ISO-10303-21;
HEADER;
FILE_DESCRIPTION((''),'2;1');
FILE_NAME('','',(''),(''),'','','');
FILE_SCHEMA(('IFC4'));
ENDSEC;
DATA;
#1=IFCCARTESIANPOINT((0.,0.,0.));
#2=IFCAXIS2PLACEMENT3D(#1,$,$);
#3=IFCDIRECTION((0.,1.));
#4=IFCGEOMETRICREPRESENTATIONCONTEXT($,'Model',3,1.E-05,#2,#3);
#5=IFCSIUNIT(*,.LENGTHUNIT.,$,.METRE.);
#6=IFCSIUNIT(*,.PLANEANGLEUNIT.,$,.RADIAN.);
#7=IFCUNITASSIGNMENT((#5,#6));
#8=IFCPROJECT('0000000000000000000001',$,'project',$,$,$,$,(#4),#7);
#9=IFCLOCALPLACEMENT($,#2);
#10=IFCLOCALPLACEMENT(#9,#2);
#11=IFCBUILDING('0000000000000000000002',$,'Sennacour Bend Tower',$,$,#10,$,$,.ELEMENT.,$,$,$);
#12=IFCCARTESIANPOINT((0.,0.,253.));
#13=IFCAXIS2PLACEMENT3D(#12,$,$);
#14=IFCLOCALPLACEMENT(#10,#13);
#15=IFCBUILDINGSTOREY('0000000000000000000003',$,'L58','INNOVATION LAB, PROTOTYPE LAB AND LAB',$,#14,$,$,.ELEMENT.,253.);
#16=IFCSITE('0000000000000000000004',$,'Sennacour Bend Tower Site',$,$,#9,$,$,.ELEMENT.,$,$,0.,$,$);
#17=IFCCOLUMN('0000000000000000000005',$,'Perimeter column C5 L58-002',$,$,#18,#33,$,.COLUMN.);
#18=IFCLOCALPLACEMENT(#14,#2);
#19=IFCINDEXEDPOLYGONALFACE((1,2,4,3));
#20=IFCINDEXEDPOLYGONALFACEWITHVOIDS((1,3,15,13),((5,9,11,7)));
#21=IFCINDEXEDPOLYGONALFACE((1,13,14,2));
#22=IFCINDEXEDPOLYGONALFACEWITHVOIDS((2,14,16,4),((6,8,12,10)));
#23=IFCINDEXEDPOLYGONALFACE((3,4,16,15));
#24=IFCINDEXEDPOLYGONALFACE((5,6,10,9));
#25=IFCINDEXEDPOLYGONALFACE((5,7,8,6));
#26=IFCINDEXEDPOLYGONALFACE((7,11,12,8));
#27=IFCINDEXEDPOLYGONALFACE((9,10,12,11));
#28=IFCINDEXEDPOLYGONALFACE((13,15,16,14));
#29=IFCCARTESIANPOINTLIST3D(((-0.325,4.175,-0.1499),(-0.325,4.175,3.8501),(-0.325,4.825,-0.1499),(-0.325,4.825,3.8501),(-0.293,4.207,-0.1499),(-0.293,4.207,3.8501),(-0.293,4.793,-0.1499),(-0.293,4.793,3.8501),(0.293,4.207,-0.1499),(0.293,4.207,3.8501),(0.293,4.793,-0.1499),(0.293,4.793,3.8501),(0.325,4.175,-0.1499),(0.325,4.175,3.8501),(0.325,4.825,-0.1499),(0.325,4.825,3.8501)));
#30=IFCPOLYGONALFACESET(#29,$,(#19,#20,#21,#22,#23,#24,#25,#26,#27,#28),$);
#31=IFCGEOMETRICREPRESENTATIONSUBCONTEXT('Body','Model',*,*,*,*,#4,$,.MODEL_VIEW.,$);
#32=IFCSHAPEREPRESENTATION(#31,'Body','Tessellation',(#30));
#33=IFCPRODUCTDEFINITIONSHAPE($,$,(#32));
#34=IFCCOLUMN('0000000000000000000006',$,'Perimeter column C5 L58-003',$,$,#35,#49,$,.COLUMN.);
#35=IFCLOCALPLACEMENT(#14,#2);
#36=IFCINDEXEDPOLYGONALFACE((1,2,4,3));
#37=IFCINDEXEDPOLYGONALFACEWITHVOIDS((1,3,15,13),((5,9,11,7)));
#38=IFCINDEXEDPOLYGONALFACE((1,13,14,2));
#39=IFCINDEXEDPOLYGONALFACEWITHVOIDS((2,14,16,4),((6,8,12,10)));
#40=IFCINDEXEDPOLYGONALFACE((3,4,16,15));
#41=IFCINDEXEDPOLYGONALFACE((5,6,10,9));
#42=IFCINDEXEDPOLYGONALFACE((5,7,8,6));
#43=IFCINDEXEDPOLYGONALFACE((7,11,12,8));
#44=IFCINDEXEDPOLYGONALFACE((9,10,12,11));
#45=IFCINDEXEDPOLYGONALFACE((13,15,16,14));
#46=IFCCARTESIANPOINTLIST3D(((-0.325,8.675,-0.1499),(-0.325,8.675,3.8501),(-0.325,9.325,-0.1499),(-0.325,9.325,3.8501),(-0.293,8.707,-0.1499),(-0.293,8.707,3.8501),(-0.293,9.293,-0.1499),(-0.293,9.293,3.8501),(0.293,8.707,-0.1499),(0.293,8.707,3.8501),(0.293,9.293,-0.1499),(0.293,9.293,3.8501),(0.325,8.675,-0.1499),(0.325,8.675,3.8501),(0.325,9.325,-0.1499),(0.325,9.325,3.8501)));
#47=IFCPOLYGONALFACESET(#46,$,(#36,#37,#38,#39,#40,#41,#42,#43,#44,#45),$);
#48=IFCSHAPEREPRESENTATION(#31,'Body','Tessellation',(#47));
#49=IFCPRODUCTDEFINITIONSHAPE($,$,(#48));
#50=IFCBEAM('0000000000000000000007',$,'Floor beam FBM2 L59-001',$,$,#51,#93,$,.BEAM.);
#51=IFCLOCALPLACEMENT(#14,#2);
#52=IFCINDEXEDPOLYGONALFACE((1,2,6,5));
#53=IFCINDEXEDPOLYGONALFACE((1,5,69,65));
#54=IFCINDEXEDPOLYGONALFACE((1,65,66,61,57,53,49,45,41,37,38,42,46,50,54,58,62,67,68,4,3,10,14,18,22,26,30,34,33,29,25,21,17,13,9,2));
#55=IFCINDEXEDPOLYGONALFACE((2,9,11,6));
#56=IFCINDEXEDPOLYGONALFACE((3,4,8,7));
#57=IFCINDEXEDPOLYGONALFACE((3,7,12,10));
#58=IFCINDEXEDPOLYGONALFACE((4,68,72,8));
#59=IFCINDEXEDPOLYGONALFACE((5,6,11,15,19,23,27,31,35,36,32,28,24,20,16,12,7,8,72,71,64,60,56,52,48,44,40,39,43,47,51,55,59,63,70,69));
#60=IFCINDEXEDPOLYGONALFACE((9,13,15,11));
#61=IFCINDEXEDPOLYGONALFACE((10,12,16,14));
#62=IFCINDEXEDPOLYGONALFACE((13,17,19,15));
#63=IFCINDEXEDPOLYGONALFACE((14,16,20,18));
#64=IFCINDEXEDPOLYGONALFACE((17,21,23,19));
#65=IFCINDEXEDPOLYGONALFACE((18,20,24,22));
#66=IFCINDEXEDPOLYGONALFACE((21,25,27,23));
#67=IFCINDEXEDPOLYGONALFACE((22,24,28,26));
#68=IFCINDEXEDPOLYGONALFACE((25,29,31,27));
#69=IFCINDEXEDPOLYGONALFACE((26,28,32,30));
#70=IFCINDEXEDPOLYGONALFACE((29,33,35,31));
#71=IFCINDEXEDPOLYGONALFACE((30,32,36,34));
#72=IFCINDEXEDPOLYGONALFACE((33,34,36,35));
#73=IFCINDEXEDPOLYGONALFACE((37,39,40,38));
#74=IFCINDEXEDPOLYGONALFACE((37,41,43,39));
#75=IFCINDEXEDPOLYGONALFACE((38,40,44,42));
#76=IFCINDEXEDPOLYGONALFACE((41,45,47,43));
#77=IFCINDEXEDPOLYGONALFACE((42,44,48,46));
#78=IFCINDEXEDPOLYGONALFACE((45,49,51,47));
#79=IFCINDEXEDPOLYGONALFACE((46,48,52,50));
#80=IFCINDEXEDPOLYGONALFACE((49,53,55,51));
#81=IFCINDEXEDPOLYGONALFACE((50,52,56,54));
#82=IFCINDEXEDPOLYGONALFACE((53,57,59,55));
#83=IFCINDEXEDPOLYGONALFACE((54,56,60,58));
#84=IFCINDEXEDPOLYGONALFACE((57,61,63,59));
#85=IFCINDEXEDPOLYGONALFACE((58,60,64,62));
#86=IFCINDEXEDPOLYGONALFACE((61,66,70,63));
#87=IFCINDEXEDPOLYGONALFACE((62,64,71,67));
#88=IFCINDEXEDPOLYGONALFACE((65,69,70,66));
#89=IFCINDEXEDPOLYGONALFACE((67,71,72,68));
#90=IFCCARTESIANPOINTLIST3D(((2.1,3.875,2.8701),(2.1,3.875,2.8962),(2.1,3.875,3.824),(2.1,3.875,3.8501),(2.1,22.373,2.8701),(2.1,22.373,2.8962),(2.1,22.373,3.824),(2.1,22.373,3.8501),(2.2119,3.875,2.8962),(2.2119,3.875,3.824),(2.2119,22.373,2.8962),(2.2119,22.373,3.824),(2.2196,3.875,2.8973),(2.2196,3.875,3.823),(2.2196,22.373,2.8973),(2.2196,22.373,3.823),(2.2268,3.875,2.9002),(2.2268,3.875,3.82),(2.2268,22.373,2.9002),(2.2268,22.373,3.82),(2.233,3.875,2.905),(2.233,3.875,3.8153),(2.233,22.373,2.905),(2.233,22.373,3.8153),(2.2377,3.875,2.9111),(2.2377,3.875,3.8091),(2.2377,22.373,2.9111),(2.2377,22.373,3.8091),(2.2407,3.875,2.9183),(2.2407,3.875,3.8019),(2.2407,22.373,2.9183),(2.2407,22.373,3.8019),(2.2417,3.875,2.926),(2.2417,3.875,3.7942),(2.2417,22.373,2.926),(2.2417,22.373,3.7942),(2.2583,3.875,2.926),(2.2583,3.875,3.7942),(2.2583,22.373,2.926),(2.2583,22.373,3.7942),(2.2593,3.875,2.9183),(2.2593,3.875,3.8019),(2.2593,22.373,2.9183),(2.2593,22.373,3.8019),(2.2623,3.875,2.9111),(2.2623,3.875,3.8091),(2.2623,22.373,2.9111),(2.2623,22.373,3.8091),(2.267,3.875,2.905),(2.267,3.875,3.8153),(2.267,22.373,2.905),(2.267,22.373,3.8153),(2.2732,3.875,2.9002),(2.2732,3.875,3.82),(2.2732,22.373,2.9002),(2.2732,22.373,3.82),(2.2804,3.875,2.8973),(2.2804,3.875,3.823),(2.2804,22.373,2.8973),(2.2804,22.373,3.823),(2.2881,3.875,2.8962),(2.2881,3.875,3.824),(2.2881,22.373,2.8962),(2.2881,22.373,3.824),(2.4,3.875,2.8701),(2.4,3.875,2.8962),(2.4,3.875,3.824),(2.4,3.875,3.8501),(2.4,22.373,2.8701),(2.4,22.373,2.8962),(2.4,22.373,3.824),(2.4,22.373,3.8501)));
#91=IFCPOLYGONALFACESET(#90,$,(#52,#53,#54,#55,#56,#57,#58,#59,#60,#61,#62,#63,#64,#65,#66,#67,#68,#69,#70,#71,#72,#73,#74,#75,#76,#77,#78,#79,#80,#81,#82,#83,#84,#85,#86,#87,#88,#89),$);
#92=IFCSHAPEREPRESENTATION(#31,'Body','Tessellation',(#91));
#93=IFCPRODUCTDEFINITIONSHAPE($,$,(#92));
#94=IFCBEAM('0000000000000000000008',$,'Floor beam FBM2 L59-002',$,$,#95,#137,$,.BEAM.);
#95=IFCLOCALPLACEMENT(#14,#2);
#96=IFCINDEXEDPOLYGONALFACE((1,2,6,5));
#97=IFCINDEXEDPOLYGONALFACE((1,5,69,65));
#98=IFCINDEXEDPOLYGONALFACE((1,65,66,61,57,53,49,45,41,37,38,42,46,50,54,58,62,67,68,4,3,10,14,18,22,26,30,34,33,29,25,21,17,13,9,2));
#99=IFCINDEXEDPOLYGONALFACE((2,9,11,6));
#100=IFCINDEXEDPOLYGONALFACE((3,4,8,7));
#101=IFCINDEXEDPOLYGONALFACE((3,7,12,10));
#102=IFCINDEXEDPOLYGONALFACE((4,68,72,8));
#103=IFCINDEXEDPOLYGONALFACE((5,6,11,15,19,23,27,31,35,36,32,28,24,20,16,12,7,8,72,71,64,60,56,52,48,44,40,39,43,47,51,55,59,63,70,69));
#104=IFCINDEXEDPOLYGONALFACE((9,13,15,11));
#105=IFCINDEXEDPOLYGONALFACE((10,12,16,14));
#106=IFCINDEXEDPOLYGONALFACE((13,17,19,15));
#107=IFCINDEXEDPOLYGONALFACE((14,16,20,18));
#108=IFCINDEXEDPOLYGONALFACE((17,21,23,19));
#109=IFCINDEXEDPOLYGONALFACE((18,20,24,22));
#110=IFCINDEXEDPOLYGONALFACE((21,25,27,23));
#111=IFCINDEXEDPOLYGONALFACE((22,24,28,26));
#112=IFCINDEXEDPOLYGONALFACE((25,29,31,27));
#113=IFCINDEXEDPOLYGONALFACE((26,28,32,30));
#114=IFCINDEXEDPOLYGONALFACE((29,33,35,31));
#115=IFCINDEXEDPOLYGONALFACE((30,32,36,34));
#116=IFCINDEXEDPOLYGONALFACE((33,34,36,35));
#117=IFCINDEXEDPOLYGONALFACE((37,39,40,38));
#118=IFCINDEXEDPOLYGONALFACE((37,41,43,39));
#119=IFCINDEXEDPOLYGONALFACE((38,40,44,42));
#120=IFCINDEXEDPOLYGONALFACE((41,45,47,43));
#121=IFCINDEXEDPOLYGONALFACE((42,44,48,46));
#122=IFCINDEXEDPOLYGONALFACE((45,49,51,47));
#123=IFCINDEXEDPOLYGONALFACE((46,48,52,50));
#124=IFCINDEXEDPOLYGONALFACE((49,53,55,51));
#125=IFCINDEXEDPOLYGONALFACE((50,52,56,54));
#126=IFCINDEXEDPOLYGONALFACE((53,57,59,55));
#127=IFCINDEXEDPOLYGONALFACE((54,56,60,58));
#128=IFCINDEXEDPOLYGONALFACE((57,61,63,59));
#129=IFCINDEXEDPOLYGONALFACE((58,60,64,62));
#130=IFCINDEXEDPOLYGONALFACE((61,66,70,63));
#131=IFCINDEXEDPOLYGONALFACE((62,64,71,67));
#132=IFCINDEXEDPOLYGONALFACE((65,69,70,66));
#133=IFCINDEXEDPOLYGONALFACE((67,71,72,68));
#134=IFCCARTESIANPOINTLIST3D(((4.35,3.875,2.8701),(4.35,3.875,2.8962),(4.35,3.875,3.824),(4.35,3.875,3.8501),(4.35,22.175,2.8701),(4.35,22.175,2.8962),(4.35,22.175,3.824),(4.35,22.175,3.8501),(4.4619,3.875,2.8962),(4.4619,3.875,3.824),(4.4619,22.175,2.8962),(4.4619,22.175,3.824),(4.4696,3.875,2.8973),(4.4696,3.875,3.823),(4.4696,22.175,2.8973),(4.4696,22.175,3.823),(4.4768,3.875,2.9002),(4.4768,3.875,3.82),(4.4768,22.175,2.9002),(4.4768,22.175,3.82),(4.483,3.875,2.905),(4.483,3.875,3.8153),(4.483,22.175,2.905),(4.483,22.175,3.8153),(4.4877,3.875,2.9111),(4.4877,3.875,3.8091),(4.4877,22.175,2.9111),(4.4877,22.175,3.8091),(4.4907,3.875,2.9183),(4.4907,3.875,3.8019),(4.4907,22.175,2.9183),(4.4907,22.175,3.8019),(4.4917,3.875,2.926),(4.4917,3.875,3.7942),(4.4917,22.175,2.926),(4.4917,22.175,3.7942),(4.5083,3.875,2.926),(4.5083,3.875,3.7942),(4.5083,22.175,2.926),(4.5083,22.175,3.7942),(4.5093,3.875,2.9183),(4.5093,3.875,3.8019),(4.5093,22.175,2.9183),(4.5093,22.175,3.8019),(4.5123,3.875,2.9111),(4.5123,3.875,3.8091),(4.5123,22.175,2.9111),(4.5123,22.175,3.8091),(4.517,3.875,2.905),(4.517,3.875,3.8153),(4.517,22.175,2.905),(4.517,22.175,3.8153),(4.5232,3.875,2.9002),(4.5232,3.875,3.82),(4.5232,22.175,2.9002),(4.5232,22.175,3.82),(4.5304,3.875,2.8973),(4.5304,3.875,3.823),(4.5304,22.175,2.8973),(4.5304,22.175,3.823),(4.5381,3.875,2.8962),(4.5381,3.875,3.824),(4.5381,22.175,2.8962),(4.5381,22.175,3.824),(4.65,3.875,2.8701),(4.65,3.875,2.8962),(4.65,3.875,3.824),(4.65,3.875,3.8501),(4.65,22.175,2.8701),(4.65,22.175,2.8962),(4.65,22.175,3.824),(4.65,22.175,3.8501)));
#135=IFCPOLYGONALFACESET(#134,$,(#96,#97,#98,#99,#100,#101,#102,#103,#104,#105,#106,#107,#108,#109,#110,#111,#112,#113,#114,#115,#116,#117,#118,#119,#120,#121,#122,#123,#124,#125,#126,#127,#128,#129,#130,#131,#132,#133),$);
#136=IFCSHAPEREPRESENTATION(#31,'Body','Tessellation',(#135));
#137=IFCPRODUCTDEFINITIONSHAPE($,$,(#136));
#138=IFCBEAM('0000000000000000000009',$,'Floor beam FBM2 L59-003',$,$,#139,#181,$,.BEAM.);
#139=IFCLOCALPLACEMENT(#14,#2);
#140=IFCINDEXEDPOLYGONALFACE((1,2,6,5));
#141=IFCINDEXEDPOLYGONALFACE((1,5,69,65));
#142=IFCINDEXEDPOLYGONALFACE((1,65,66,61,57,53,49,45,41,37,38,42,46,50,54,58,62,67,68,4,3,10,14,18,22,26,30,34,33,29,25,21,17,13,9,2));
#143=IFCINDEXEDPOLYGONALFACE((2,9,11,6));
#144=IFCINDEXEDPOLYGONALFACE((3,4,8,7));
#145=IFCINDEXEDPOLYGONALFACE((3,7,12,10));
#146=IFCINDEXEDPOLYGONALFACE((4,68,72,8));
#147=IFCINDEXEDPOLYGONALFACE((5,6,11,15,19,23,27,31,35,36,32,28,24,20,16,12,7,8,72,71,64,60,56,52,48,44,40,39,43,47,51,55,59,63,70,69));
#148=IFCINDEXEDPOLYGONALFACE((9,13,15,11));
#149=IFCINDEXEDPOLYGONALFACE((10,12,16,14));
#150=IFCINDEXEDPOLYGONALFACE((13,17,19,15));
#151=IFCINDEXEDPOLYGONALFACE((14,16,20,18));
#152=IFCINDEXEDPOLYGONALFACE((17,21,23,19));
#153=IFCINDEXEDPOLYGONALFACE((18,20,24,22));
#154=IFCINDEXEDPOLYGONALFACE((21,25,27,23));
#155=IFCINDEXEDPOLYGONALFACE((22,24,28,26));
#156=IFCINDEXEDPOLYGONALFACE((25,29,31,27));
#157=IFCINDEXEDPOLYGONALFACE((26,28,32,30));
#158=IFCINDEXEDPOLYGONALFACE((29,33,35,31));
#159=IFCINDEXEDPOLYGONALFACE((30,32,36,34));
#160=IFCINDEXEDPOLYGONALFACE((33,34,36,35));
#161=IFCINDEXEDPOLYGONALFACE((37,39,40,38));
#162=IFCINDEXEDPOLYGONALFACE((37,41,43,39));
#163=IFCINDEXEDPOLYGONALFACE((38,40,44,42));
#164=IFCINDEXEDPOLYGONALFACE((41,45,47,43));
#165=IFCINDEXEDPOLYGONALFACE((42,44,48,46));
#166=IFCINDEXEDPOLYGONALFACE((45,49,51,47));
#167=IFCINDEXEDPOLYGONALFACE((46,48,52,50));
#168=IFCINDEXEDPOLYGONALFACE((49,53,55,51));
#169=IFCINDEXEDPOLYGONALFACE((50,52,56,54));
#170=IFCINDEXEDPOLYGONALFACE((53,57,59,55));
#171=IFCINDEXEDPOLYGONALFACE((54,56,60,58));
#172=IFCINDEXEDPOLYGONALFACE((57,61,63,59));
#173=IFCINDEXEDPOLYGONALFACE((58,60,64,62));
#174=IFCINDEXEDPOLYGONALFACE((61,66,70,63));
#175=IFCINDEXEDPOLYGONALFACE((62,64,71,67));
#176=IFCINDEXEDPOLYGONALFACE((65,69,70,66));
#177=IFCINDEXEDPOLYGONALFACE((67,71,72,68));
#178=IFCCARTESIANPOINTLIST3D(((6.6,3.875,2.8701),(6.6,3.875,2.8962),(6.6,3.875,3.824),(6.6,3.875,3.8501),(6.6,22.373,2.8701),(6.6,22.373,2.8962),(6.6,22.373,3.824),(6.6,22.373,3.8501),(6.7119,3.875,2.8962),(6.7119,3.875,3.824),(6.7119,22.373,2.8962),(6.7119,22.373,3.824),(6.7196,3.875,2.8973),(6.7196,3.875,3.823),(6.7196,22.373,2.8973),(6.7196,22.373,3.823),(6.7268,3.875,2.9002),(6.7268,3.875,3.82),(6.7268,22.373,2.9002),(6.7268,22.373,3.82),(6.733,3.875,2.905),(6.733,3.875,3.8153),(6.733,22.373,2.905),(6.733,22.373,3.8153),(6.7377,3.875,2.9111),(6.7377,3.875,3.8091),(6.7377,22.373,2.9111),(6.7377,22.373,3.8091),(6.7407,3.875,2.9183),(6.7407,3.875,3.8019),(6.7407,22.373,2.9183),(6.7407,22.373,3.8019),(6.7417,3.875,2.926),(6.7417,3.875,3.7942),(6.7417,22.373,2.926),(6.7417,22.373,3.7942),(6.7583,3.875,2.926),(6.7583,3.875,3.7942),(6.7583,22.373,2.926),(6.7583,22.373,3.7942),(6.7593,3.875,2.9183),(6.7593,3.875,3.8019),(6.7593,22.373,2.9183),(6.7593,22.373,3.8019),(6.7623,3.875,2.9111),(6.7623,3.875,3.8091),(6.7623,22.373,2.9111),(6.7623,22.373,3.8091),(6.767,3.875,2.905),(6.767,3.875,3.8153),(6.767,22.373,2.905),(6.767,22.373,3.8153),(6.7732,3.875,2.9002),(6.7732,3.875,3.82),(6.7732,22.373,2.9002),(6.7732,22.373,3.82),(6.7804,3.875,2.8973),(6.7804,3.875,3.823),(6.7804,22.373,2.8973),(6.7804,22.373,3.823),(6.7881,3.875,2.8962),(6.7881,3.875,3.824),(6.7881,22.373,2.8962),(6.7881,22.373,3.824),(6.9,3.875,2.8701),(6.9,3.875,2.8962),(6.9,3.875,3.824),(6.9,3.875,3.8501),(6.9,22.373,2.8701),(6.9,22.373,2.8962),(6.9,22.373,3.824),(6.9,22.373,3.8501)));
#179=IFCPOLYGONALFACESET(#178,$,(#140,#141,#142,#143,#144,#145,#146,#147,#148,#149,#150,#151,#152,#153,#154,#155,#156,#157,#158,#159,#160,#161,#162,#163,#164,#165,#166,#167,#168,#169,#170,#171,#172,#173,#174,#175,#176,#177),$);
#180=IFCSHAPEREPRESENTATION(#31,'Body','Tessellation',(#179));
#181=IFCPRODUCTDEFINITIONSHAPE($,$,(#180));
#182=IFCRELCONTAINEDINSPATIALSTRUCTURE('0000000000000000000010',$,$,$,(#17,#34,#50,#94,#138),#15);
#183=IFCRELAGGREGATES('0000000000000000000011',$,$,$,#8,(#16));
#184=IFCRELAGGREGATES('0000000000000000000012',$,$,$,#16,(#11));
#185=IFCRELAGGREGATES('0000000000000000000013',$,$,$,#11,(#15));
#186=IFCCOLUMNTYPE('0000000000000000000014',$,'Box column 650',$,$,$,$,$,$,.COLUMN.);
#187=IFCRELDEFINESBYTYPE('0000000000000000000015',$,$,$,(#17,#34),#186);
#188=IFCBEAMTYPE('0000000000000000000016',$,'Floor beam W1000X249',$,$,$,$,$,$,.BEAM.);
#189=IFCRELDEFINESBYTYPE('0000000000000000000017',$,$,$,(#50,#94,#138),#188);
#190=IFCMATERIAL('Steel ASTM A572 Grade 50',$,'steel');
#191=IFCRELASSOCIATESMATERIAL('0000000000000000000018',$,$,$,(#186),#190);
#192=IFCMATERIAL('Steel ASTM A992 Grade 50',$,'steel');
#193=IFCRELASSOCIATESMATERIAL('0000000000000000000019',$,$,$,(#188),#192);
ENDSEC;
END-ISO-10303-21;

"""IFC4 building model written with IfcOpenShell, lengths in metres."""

from ifc_helpers import new_model, si_unit, direction, frame, origin, origin_2d, place, context, subcontext, project, spatial, hollow_rectangle, i_section, extrude, material, material_profile, profile_set, type_object, element, save


model = new_model("IFC4")

# Units and contexts
model_context = context("Model", 3, precision=1e-05, world=origin(), true_north=direction((0.0, 1.0)))
body_context = subcontext(model_context, "Body", "Model", "MODEL_VIEW")
ifc_project = project(units=[si_unit("LENGTHUNIT", "METRE"), si_unit("PLANEANGLEUNIT", "RADIAN")], contexts=[model_context])

# Site, building, storey
site_placement = place(None, origin())
site = spatial("IfcSite", under=ifc_project, at=site_placement, Name="Sennacour Bend Tower Site", CompositionType="ELEMENT", RefElevation=0.0)
building_placement = place(site_placement, origin())
building = spatial("IfcBuilding", under=site, at=building_placement, Name="Sennacour Bend Tower", CompositionType="ELEMENT")
storey_placement = place(building_placement, frame((0.0, 0.0, 253.0)))
storey = spatial("IfcBuildingStorey", under=building, at=storey_placement, Name="L58", Description="INNOVATION LAB, PROTOTYPE LAB AND LAB", CompositionType="ELEMENT", Elevation=253.0)

# Columns
ifc_material_1 = material(Name="Steel ASTM A572 Grade 50", Category="steel")
ifc_material_profile_1 = material_profile(ifc_material_1, hollow_rectangle(XDim=0.6499, YDim=0.6499, WallThickness=0.032, at=origin_2d()), Name="Steel ASTM A572 Grade 50", Category="steel")
ifc_profile_set_1 = profile_set([ifc_material_profile_1], Name="Steel ASTM A572 Grade 50")
column_type = type_object("IfcColumnType", Name="Box column 650", PredefinedType="COLUMN", material=ifc_profile_set_1)
for number, where, z_axis, x_axis, name in (
    (1, (0.0, 4.5, -0.1499), (0.0, 0.0, 1.0), (1.0, 0.0, 0.0), "Perimeter column C5 L58-002"),
    (2, (0.0, 9.0, -0.1499), (0.0, 0.0, 1.0), (1.0, 0.0, 0.0), "Perimeter column C5 L58-003"),
):
    element("IfcColumn", number, at=place(storey_placement, frame(where, z_axis=z_axis, x_axis=x_axis)), inside=storey, type_object=column_type, Name=name, PredefinedType="COLUMN", context=body_context, shape_type="SweptSolid", body=[
        extrude(hollow_rectangle(XDim=0.6499, YDim=0.6499, WallThickness=0.032, at=origin_2d()), origin(), (0.0, 0.0, 1.0), 4.0),
    ])

# Beams
ifc_material_2 = material(Name="Steel ASTM A992 Grade 50", Category="steel")
ifc_material_profile_2 = material_profile(ifc_material_2, i_section(OverallWidth=0.3, OverallDepth=0.98, WebThickness=0.0166, FlangeThickness=0.0261, FilletRadius=0.0298, at=origin_2d()), Name="Steel ASTM A992 Grade 50", Category="steel")
ifc_profile_set_2 = profile_set([ifc_material_profile_2], Name="Steel ASTM A992 Grade 50")
beam_type_1 = type_object("IfcBeamType", Name="Floor beam W1000X249", PredefinedType="BEAM", material=ifc_profile_set_2)
beam_1_placement = place(storey_placement, frame((2.25, 3.875, 3.3601), z_axis=(0.0, 1.0, 0.0), x_axis=(-1.0, 0.0, 0.0)))
element("IfcBeam", 3, at=beam_1_placement, inside=storey, type_object=beam_type_1, Name="Floor beam FBM2 L59-001", PredefinedType="BEAM", context=body_context, shape_type="SweptSolid", body=[
    extrude(i_section(OverallWidth=0.3, OverallDepth=0.98, WebThickness=0.0166, FlangeThickness=0.0261, FilletRadius=0.0298, at=origin_2d()), origin(), (0.0, 0.0, 1.0), 18.498),
])
beam_2_placement = place(storey_placement, frame((4.5, 3.875, 3.3601), z_axis=(0.0, 1.0, 0.0), x_axis=(-1.0, 0.0, 0.0)))
element("IfcBeam", 4, at=beam_2_placement, inside=storey, type_object=beam_type_1, Name="Floor beam FBM2 L59-002", PredefinedType="BEAM", context=body_context, shape_type="SweptSolid", body=[
    extrude(i_section(OverallWidth=0.3, OverallDepth=0.98, WebThickness=0.0166, FlangeThickness=0.0261, FilletRadius=0.0298, at=origin_2d()), origin(), (0.0, 0.0, 1.0), 18.3),
])
beam_3_placement = place(storey_placement, frame((6.75, 3.875, 3.3601), z_axis=(0.0, 1.0, 0.0), x_axis=(-1.0, 0.0, 0.0)))
element("IfcBeam", 5, at=beam_3_placement, inside=storey, type_object=beam_type_1, Name="Floor beam FBM2 L59-003", PredefinedType="BEAM", context=body_context, shape_type="SweptSolid", body=[
    extrude(i_section(OverallWidth=0.3, OverallDepth=0.98, WebThickness=0.0166, FlangeThickness=0.0261, FilletRadius=0.0298, at=origin_2d()), origin(), (0.0, 0.0, 1.0), 18.498),
])

save(model, "model.ifc")
